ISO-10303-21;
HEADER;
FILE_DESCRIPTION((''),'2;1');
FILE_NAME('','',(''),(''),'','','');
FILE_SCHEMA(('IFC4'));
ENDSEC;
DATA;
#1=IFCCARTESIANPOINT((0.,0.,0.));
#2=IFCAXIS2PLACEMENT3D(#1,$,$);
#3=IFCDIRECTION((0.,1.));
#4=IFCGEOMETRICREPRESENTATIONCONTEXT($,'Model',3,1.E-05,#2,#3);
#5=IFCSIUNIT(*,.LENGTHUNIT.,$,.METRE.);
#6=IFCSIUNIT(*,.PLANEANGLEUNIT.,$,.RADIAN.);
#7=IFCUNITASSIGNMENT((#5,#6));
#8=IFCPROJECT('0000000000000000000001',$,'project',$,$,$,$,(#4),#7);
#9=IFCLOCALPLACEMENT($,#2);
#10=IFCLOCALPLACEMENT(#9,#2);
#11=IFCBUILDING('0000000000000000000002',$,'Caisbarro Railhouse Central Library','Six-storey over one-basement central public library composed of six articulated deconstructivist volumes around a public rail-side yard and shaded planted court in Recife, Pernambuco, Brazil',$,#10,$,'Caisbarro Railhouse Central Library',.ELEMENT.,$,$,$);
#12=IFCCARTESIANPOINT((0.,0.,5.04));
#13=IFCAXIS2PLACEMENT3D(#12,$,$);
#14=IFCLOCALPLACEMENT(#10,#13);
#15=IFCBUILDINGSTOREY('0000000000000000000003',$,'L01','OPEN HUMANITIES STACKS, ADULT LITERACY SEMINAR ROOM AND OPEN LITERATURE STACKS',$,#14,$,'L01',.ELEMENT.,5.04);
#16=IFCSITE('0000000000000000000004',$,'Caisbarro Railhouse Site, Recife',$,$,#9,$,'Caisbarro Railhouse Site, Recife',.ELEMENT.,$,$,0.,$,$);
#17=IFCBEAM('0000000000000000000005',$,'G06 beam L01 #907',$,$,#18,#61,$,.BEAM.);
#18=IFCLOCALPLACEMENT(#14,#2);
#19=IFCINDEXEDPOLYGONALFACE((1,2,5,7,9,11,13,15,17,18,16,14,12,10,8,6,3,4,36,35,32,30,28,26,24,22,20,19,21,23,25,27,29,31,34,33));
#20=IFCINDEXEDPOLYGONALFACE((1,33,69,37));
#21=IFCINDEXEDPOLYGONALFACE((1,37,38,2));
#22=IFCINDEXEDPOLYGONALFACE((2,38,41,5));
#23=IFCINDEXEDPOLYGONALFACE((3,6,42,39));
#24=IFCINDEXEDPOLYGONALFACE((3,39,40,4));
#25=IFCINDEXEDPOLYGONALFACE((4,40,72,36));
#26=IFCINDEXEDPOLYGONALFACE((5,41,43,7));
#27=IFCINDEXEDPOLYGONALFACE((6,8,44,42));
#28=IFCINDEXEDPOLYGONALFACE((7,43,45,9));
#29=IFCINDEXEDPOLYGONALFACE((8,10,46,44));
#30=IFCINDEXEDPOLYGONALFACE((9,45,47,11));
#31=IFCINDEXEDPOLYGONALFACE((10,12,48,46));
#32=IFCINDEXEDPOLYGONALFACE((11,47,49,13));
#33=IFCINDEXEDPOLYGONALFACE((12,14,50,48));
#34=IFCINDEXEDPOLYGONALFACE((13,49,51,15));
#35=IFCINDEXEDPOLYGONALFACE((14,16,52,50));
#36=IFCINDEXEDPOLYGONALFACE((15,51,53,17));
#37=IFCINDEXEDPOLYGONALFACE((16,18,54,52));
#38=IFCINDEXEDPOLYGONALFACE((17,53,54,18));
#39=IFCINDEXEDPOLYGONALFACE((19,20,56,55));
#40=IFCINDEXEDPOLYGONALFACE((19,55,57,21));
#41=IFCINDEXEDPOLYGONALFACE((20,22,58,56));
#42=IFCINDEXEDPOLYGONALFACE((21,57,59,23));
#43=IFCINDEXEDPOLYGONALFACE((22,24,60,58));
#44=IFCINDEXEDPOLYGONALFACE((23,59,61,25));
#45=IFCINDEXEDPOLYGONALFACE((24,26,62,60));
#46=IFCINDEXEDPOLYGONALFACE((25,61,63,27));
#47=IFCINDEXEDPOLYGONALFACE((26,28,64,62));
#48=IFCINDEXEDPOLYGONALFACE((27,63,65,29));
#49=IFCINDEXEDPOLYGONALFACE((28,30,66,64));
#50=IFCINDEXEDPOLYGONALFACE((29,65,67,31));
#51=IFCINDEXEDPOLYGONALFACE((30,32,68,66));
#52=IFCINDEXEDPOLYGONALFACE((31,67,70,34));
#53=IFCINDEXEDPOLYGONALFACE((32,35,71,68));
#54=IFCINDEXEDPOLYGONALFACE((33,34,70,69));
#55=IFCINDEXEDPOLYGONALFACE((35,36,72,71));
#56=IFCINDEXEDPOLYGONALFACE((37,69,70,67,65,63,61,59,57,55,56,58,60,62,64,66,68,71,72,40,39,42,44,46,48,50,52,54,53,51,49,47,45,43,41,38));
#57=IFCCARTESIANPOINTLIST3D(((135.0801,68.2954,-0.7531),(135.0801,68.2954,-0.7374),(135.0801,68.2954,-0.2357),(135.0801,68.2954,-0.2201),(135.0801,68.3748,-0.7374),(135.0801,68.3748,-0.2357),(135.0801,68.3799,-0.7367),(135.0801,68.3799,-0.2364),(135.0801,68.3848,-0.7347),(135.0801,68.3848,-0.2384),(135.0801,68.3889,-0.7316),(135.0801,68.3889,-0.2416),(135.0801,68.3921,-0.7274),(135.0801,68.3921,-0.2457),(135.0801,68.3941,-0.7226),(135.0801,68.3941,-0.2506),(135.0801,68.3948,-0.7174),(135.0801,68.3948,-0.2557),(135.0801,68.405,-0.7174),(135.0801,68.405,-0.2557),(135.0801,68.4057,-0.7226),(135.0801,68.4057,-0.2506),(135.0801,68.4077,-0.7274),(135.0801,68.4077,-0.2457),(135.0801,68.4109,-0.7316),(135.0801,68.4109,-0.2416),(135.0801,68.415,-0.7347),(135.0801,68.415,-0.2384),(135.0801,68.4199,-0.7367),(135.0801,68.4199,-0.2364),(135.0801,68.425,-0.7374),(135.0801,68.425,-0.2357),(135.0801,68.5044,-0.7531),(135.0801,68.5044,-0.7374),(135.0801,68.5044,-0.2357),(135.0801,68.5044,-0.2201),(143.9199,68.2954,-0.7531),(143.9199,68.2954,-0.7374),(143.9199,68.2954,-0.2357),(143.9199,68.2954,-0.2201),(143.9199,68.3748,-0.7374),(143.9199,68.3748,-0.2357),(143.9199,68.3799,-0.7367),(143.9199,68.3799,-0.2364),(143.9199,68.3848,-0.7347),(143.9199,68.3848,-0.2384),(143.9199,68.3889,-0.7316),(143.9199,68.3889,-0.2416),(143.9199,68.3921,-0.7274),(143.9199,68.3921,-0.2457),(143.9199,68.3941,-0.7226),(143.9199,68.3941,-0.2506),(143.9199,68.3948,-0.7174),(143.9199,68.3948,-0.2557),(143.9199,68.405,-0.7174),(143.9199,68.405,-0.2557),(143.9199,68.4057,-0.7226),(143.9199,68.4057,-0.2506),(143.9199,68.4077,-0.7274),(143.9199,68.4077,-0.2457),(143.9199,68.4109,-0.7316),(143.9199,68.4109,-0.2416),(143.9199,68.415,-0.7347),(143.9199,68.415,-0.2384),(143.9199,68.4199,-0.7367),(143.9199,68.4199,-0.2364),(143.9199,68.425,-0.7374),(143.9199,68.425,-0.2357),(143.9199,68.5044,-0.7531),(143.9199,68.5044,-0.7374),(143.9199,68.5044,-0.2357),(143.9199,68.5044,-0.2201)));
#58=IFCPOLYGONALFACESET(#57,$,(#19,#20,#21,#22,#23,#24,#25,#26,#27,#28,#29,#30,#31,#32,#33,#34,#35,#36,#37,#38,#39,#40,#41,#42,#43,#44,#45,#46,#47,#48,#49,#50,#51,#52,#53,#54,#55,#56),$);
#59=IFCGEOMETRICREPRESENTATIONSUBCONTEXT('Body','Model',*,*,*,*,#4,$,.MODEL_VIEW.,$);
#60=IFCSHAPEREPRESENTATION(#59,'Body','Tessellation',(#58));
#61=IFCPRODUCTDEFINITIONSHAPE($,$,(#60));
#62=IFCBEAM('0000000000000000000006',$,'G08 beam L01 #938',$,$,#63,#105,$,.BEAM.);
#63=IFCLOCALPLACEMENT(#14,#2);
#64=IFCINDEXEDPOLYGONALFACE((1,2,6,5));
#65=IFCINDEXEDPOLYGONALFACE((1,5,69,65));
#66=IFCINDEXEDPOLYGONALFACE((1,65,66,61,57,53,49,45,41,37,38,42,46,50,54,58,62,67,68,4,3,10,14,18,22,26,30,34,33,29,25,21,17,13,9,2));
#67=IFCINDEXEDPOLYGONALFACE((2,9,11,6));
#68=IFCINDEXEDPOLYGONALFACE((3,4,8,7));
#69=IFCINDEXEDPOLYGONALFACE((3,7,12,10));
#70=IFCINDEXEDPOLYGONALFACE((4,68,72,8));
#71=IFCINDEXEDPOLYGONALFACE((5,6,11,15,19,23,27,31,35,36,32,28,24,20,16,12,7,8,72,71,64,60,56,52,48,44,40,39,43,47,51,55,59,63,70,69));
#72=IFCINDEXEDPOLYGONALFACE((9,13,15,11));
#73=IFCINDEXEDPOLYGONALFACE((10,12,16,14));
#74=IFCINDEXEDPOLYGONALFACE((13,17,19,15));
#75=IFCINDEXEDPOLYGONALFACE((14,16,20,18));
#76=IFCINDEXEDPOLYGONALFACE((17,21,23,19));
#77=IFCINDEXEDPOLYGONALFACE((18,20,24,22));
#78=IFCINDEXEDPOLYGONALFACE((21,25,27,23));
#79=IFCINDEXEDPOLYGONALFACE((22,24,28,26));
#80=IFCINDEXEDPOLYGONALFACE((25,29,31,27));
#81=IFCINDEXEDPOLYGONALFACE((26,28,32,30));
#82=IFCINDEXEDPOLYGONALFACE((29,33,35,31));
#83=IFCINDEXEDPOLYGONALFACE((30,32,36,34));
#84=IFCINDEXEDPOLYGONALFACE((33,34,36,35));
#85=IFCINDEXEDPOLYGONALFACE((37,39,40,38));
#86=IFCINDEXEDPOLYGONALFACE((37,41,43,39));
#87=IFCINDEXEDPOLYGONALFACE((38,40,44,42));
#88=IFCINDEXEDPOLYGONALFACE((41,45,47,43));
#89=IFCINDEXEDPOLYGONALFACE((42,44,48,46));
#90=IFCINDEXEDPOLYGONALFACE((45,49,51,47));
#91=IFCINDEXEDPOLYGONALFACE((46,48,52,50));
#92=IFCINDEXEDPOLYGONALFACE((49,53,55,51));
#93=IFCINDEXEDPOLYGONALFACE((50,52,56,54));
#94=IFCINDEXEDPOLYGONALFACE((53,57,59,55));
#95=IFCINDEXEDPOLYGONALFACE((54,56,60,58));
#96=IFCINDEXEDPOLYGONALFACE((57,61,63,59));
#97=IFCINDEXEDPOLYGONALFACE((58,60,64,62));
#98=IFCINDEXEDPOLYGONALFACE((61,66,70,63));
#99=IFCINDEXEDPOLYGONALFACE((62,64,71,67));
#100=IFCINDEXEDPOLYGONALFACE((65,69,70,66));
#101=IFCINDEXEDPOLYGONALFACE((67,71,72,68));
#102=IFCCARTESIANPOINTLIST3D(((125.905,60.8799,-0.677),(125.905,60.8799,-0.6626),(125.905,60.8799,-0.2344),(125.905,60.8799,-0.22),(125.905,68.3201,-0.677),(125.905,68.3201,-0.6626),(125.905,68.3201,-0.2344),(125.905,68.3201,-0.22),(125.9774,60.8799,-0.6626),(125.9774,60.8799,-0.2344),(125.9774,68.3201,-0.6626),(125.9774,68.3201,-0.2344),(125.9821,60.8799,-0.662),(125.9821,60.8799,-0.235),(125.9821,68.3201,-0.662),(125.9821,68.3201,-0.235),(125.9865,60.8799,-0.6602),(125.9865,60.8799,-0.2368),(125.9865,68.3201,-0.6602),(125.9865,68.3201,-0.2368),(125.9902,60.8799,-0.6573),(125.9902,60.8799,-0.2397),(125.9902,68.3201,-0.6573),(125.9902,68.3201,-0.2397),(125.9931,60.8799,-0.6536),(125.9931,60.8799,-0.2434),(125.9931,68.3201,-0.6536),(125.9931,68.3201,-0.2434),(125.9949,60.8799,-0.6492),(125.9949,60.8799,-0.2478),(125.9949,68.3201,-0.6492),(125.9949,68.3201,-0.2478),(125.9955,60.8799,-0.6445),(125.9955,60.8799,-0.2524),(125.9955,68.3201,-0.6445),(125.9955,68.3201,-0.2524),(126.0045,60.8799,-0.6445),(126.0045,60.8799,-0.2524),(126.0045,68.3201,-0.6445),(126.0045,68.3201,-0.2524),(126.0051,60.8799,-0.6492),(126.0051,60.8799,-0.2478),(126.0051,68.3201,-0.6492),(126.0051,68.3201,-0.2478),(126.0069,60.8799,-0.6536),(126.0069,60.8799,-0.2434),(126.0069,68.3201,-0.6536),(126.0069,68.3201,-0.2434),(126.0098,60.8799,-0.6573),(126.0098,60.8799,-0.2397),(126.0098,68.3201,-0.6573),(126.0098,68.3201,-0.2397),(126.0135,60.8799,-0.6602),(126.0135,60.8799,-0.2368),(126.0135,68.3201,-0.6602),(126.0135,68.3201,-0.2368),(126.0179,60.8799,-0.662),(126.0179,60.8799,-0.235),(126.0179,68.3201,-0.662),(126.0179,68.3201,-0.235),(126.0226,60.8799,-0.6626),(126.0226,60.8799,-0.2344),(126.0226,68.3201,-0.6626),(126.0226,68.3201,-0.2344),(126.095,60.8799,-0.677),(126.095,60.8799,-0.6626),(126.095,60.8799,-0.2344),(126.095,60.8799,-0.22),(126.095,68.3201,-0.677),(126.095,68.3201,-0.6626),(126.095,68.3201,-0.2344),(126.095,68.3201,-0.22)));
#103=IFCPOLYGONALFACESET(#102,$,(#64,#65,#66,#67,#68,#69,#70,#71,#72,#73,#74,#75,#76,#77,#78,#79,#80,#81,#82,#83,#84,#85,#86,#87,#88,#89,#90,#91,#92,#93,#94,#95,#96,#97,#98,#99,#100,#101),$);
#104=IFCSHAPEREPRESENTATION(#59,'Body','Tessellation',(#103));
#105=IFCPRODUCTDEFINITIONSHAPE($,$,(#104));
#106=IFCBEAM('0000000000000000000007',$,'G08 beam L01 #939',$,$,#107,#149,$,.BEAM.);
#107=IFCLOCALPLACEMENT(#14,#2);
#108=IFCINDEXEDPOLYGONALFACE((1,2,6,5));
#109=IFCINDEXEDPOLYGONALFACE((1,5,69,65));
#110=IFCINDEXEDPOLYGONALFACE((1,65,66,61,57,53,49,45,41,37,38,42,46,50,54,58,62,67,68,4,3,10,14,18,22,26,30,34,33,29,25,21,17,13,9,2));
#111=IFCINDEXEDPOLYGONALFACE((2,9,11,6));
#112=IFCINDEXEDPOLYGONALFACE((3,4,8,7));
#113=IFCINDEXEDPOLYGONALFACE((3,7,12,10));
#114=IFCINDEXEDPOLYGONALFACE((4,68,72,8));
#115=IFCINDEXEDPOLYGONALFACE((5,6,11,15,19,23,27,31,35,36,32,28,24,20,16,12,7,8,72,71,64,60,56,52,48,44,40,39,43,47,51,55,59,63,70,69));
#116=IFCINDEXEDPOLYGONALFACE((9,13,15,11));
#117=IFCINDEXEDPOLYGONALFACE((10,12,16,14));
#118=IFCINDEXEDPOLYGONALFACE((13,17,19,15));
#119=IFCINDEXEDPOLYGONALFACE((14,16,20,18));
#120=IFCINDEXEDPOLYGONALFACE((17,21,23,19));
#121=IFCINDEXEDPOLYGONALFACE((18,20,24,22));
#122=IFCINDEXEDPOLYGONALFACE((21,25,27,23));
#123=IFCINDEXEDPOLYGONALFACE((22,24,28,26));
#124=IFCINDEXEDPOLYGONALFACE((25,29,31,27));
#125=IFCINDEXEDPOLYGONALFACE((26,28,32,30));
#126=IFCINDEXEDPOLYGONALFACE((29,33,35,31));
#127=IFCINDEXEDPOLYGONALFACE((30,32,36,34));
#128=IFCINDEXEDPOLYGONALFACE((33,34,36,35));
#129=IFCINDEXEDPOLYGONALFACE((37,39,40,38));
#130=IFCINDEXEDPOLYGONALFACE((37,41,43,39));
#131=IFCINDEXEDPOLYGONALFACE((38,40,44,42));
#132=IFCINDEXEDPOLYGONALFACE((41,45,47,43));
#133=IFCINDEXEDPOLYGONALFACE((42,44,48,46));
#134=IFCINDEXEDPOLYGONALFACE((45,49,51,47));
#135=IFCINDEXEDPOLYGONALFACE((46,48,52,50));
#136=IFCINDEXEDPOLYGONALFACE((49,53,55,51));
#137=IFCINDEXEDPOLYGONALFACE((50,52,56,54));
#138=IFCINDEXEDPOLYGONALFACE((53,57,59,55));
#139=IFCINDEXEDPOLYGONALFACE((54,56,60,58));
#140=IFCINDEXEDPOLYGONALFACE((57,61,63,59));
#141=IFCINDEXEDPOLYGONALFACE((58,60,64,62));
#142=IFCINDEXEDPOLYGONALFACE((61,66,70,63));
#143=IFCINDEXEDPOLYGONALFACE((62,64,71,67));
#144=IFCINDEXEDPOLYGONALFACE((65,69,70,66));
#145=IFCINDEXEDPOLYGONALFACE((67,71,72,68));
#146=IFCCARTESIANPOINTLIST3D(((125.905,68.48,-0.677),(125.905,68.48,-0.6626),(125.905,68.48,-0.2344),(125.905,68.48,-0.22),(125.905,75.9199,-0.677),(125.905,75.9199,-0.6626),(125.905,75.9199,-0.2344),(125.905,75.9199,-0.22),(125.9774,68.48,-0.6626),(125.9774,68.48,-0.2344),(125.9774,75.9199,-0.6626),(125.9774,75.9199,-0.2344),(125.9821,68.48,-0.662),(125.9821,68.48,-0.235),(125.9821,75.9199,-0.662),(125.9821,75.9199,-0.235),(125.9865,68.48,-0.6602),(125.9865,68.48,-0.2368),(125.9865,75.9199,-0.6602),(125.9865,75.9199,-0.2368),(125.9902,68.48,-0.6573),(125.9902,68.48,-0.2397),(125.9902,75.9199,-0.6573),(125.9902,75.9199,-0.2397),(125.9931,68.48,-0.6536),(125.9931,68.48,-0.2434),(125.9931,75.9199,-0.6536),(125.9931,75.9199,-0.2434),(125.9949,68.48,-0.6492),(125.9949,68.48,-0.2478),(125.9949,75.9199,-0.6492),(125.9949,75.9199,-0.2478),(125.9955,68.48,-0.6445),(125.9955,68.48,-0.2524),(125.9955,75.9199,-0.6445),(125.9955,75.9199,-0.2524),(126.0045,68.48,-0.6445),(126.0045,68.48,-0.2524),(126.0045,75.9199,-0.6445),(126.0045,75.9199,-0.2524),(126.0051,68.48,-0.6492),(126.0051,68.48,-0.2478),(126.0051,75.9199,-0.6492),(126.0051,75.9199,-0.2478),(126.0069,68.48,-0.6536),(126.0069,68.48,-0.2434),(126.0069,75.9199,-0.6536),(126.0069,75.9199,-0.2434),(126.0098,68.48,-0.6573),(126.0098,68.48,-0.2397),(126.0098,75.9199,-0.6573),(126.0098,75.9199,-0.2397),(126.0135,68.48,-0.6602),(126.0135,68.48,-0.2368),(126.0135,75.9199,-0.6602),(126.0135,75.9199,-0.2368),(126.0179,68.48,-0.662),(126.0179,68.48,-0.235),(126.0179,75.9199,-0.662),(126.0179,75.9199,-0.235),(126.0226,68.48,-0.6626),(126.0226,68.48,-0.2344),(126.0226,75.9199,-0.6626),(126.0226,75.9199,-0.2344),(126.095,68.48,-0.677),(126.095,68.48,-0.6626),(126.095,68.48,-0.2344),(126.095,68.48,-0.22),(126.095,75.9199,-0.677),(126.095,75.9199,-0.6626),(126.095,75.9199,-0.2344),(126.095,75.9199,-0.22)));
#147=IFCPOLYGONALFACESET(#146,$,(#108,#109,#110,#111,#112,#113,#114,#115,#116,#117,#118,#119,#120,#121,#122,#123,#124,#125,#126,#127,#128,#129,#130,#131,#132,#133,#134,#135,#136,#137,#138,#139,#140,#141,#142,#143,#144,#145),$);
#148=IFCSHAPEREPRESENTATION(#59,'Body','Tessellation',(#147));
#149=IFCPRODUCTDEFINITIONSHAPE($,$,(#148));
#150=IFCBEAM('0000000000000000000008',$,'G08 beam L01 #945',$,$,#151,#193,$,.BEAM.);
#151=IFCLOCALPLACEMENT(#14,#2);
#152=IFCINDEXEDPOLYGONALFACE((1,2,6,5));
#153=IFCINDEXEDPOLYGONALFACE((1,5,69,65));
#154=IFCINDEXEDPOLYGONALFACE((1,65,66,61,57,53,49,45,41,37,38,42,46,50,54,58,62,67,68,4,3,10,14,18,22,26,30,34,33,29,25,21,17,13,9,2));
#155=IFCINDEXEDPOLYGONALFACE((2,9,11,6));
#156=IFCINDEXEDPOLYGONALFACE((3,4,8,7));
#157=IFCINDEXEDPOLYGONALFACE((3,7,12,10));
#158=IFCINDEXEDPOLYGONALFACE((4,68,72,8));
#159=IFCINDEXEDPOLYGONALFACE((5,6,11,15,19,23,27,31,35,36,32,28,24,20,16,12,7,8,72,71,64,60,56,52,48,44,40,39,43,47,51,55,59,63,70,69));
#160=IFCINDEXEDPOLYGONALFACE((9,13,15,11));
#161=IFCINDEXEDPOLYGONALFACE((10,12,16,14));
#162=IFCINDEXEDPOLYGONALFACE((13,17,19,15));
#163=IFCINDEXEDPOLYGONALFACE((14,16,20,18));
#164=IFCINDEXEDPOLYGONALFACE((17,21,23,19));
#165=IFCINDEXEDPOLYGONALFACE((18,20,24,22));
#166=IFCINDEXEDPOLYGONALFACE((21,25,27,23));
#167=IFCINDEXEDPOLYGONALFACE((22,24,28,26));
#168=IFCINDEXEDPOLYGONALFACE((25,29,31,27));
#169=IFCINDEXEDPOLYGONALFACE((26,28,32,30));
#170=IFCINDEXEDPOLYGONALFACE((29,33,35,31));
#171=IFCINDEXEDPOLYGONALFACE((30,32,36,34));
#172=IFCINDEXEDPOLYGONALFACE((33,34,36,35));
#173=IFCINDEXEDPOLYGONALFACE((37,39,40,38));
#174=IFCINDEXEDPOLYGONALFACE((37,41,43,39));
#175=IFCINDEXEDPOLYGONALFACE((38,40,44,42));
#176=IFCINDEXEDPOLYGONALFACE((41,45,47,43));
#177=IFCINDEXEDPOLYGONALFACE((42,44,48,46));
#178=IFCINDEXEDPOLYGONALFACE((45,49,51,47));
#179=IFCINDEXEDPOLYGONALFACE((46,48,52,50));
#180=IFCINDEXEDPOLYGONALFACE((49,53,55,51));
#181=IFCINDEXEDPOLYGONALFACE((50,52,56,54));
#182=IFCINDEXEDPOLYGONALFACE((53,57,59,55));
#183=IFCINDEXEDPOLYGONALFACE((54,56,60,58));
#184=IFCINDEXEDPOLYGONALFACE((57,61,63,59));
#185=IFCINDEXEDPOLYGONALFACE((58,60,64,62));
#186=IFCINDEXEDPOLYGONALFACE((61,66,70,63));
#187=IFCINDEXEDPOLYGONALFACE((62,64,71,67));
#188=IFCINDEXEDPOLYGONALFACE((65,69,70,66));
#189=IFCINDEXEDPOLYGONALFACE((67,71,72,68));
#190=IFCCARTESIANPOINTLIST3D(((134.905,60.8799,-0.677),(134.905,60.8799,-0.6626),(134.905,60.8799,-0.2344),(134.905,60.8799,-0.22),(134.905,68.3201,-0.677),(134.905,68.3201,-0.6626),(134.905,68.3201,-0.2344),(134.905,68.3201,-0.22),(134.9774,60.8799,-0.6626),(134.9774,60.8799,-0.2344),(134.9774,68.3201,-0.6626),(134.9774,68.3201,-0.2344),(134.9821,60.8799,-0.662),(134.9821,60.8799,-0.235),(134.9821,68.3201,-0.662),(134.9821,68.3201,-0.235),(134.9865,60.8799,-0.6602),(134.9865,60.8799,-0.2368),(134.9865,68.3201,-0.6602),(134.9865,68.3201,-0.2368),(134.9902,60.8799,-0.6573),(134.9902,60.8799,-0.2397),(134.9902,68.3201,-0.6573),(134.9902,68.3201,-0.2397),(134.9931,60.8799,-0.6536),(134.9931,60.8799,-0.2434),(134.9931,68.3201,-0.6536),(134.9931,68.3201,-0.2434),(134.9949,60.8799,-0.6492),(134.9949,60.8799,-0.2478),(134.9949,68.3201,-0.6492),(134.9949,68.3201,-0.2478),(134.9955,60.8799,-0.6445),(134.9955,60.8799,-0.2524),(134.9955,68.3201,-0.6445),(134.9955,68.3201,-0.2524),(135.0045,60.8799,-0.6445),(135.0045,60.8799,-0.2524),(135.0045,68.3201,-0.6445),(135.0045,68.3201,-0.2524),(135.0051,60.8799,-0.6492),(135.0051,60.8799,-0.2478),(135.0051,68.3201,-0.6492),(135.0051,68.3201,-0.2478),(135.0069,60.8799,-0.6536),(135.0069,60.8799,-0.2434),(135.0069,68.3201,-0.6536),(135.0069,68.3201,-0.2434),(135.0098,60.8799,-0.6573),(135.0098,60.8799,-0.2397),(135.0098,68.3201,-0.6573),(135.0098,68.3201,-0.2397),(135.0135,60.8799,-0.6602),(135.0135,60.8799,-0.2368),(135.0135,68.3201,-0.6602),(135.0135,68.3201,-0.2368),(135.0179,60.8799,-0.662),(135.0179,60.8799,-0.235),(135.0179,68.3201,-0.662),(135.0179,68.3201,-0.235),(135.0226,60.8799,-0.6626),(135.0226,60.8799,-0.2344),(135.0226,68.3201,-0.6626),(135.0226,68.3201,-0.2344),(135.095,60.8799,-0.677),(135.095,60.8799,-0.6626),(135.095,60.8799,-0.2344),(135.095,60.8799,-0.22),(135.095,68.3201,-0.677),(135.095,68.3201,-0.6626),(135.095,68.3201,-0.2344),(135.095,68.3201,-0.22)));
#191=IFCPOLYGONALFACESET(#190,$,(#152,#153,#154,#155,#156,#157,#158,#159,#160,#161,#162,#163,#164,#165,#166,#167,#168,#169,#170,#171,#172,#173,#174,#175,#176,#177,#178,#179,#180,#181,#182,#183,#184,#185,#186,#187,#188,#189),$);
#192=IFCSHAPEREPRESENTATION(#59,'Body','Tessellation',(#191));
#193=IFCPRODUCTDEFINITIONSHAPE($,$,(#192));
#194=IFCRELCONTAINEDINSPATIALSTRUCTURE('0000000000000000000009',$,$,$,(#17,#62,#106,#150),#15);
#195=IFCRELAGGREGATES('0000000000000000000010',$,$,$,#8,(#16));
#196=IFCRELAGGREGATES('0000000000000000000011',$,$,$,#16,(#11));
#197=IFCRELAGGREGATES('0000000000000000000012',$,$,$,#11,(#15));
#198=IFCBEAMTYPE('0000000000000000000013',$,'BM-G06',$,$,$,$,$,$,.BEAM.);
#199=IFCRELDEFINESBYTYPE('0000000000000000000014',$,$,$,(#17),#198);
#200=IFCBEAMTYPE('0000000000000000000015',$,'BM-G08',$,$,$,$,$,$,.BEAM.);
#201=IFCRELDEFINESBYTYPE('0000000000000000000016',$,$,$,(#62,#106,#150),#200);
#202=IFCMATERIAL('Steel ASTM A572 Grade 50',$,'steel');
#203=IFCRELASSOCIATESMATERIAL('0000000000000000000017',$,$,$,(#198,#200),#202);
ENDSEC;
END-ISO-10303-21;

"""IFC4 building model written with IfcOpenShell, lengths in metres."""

from ifc_helpers import new_model, si_unit, direction, frame, origin, origin_2d, place, context, subcontext, project, spatial, i_section, extrude, material, material_profile, profile_set, type_object, element, save


model = new_model("IFC4")

# Units and contexts
model_context = context("Model", 3, precision=1e-05, world=origin(), true_north=direction((0.0, 1.0)))
body_context = subcontext(model_context, "Body", "Model", "MODEL_VIEW")
ifc_project = project(units=[si_unit("LENGTHUNIT", "METRE"), si_unit("PLANEANGLEUNIT", "RADIAN")], contexts=[model_context])

# Site, building, storey
site_placement = place(None, origin())
site = spatial("IfcSite", under=ifc_project, at=site_placement, Name="Caisbarro Railhouse Site, Recife", LongName="Caisbarro Railhouse Site, Recife", CompositionType="ELEMENT", RefElevation=0.0)
building_placement = place(site_placement, origin())
building = spatial("IfcBuilding", under=site, at=building_placement, Name="Caisbarro Railhouse Central Library", Description="Six-storey over one-basement central public library composed of six articulated deconstructivist volumes around a public rail-side yard and shaded planted court in Recife, Pernambuco, Brazil", LongName="Caisbarro Railhouse Central Library", CompositionType="ELEMENT")
storey_placement = place(building_placement, frame((0.0, 0.0, 5.04)))
storey = spatial("IfcBuildingStorey", under=building, at=storey_placement, Name="L01", Description="OPEN HUMANITIES STACKS, ADULT LITERACY SEMINAR ROOM AND OPEN LITERATURE STACKS", LongName="L01", CompositionType="ELEMENT", Elevation=5.04)

# Shared definitions
ifc_material_1 = material(Name="Steel ASTM A572 Grade 50", Category="steel")

# Beams
ifc_material_profile_1 = material_profile(ifc_material_1, i_section(OverallWidth=0.209, OverallDepth=0.533, WebThickness=0.0103, FlangeThickness=0.0156, FilletRadius=0.02, at=origin_2d()), Name="W530X92.0")
ifc_profile_set_1 = profile_set([ifc_material_profile_1], Name="Steel ASTM A572 Grade 50")
beam_type_1 = type_object("IfcBeamType", Name="BM-G06", PredefinedType="BEAM", material=ifc_profile_set_1)
for number, where, z_axis, x_axis, name in (
    (1, (135.0801, 68.3999, -0.4866), (1.0, 0.0, 0.0), (0.0, 1.0, 0.0), "G06 beam L01 #907"),
):
    element("IfcBeam", number, at=place(storey_placement, frame(where, z_axis=z_axis, x_axis=x_axis)), inside=storey, type_object=beam_type_1, Name=name, PredefinedType="BEAM", context=body_context, shape_type="SweptSolid", body=[
        extrude(i_section(OverallWidth=0.209, OverallDepth=0.533, WebThickness=0.0103, FlangeThickness=0.0156, FilletRadius=0.02, at=origin_2d()), origin(), (0.0, 0.0, 1.0), 8.8398),
    ])
ifc_material_profile_2 = material_profile(ifc_material_1, i_section(OverallWidth=0.1899, OverallDepth=0.457, WebThickness=0.009, FlangeThickness=0.0144, FilletRadius=0.0181, at=origin_2d()), Name="W460X74.0")
ifc_profile_set_2 = profile_set([ifc_material_profile_2], Name="Steel ASTM A572 Grade 50")
beam_type_2 = type_object("IfcBeamType", Name="BM-G08", PredefinedType="BEAM", material=ifc_profile_set_2)
beam_1_placement = place(storey_placement, frame((126.0, 60.8799, -0.4485), z_axis=(0.0, 1.0, 0.0), x_axis=(-1.0, 0.0, 0.0)))
element("IfcBeam", 2, at=beam_1_placement, inside=storey, type_object=beam_type_2, Name="G08 beam L01 #938", PredefinedType="BEAM", context=body_context, shape_type="SweptSolid", body=[
    extrude(i_section(OverallWidth=0.1899, OverallDepth=0.457, WebThickness=0.009, FlangeThickness=0.0144, FilletRadius=0.0181, at=origin_2d()), origin(), (0.0, 0.0, 1.0), 7.4402),
])
beam_2_placement = place(storey_placement, frame((126.0, 68.48, -0.4485), z_axis=(0.0, 1.0, 0.0), x_axis=(-1.0, 0.0, 0.0)))
element("IfcBeam", 3, at=beam_2_placement, inside=storey, type_object=beam_type_2, Name="G08 beam L01 #939", PredefinedType="BEAM", context=body_context, shape_type="SweptSolid", body=[
    extrude(i_section(OverallWidth=0.1899, OverallDepth=0.457, WebThickness=0.009, FlangeThickness=0.0144, FilletRadius=0.0181, at=origin_2d()), origin(), (0.0, 0.0, 1.0), 7.4399),
])
beam_3_placement = place(storey_placement, frame((135.0, 60.8799, -0.4485), z_axis=(0.0, 1.0, 0.0), x_axis=(-1.0, 0.0, 0.0)))
element("IfcBeam", 4, at=beam_3_placement, inside=storey, type_object=beam_type_2, Name="G08 beam L01 #945", PredefinedType="BEAM", context=body_context, shape_type="SweptSolid", body=[
    extrude(i_section(OverallWidth=0.1899, OverallDepth=0.457, WebThickness=0.009, FlangeThickness=0.0144, FilletRadius=0.0181, at=origin_2d()), origin(), (0.0, 0.0, 1.0), 7.4402),
])

save(model, "model.ifc")
